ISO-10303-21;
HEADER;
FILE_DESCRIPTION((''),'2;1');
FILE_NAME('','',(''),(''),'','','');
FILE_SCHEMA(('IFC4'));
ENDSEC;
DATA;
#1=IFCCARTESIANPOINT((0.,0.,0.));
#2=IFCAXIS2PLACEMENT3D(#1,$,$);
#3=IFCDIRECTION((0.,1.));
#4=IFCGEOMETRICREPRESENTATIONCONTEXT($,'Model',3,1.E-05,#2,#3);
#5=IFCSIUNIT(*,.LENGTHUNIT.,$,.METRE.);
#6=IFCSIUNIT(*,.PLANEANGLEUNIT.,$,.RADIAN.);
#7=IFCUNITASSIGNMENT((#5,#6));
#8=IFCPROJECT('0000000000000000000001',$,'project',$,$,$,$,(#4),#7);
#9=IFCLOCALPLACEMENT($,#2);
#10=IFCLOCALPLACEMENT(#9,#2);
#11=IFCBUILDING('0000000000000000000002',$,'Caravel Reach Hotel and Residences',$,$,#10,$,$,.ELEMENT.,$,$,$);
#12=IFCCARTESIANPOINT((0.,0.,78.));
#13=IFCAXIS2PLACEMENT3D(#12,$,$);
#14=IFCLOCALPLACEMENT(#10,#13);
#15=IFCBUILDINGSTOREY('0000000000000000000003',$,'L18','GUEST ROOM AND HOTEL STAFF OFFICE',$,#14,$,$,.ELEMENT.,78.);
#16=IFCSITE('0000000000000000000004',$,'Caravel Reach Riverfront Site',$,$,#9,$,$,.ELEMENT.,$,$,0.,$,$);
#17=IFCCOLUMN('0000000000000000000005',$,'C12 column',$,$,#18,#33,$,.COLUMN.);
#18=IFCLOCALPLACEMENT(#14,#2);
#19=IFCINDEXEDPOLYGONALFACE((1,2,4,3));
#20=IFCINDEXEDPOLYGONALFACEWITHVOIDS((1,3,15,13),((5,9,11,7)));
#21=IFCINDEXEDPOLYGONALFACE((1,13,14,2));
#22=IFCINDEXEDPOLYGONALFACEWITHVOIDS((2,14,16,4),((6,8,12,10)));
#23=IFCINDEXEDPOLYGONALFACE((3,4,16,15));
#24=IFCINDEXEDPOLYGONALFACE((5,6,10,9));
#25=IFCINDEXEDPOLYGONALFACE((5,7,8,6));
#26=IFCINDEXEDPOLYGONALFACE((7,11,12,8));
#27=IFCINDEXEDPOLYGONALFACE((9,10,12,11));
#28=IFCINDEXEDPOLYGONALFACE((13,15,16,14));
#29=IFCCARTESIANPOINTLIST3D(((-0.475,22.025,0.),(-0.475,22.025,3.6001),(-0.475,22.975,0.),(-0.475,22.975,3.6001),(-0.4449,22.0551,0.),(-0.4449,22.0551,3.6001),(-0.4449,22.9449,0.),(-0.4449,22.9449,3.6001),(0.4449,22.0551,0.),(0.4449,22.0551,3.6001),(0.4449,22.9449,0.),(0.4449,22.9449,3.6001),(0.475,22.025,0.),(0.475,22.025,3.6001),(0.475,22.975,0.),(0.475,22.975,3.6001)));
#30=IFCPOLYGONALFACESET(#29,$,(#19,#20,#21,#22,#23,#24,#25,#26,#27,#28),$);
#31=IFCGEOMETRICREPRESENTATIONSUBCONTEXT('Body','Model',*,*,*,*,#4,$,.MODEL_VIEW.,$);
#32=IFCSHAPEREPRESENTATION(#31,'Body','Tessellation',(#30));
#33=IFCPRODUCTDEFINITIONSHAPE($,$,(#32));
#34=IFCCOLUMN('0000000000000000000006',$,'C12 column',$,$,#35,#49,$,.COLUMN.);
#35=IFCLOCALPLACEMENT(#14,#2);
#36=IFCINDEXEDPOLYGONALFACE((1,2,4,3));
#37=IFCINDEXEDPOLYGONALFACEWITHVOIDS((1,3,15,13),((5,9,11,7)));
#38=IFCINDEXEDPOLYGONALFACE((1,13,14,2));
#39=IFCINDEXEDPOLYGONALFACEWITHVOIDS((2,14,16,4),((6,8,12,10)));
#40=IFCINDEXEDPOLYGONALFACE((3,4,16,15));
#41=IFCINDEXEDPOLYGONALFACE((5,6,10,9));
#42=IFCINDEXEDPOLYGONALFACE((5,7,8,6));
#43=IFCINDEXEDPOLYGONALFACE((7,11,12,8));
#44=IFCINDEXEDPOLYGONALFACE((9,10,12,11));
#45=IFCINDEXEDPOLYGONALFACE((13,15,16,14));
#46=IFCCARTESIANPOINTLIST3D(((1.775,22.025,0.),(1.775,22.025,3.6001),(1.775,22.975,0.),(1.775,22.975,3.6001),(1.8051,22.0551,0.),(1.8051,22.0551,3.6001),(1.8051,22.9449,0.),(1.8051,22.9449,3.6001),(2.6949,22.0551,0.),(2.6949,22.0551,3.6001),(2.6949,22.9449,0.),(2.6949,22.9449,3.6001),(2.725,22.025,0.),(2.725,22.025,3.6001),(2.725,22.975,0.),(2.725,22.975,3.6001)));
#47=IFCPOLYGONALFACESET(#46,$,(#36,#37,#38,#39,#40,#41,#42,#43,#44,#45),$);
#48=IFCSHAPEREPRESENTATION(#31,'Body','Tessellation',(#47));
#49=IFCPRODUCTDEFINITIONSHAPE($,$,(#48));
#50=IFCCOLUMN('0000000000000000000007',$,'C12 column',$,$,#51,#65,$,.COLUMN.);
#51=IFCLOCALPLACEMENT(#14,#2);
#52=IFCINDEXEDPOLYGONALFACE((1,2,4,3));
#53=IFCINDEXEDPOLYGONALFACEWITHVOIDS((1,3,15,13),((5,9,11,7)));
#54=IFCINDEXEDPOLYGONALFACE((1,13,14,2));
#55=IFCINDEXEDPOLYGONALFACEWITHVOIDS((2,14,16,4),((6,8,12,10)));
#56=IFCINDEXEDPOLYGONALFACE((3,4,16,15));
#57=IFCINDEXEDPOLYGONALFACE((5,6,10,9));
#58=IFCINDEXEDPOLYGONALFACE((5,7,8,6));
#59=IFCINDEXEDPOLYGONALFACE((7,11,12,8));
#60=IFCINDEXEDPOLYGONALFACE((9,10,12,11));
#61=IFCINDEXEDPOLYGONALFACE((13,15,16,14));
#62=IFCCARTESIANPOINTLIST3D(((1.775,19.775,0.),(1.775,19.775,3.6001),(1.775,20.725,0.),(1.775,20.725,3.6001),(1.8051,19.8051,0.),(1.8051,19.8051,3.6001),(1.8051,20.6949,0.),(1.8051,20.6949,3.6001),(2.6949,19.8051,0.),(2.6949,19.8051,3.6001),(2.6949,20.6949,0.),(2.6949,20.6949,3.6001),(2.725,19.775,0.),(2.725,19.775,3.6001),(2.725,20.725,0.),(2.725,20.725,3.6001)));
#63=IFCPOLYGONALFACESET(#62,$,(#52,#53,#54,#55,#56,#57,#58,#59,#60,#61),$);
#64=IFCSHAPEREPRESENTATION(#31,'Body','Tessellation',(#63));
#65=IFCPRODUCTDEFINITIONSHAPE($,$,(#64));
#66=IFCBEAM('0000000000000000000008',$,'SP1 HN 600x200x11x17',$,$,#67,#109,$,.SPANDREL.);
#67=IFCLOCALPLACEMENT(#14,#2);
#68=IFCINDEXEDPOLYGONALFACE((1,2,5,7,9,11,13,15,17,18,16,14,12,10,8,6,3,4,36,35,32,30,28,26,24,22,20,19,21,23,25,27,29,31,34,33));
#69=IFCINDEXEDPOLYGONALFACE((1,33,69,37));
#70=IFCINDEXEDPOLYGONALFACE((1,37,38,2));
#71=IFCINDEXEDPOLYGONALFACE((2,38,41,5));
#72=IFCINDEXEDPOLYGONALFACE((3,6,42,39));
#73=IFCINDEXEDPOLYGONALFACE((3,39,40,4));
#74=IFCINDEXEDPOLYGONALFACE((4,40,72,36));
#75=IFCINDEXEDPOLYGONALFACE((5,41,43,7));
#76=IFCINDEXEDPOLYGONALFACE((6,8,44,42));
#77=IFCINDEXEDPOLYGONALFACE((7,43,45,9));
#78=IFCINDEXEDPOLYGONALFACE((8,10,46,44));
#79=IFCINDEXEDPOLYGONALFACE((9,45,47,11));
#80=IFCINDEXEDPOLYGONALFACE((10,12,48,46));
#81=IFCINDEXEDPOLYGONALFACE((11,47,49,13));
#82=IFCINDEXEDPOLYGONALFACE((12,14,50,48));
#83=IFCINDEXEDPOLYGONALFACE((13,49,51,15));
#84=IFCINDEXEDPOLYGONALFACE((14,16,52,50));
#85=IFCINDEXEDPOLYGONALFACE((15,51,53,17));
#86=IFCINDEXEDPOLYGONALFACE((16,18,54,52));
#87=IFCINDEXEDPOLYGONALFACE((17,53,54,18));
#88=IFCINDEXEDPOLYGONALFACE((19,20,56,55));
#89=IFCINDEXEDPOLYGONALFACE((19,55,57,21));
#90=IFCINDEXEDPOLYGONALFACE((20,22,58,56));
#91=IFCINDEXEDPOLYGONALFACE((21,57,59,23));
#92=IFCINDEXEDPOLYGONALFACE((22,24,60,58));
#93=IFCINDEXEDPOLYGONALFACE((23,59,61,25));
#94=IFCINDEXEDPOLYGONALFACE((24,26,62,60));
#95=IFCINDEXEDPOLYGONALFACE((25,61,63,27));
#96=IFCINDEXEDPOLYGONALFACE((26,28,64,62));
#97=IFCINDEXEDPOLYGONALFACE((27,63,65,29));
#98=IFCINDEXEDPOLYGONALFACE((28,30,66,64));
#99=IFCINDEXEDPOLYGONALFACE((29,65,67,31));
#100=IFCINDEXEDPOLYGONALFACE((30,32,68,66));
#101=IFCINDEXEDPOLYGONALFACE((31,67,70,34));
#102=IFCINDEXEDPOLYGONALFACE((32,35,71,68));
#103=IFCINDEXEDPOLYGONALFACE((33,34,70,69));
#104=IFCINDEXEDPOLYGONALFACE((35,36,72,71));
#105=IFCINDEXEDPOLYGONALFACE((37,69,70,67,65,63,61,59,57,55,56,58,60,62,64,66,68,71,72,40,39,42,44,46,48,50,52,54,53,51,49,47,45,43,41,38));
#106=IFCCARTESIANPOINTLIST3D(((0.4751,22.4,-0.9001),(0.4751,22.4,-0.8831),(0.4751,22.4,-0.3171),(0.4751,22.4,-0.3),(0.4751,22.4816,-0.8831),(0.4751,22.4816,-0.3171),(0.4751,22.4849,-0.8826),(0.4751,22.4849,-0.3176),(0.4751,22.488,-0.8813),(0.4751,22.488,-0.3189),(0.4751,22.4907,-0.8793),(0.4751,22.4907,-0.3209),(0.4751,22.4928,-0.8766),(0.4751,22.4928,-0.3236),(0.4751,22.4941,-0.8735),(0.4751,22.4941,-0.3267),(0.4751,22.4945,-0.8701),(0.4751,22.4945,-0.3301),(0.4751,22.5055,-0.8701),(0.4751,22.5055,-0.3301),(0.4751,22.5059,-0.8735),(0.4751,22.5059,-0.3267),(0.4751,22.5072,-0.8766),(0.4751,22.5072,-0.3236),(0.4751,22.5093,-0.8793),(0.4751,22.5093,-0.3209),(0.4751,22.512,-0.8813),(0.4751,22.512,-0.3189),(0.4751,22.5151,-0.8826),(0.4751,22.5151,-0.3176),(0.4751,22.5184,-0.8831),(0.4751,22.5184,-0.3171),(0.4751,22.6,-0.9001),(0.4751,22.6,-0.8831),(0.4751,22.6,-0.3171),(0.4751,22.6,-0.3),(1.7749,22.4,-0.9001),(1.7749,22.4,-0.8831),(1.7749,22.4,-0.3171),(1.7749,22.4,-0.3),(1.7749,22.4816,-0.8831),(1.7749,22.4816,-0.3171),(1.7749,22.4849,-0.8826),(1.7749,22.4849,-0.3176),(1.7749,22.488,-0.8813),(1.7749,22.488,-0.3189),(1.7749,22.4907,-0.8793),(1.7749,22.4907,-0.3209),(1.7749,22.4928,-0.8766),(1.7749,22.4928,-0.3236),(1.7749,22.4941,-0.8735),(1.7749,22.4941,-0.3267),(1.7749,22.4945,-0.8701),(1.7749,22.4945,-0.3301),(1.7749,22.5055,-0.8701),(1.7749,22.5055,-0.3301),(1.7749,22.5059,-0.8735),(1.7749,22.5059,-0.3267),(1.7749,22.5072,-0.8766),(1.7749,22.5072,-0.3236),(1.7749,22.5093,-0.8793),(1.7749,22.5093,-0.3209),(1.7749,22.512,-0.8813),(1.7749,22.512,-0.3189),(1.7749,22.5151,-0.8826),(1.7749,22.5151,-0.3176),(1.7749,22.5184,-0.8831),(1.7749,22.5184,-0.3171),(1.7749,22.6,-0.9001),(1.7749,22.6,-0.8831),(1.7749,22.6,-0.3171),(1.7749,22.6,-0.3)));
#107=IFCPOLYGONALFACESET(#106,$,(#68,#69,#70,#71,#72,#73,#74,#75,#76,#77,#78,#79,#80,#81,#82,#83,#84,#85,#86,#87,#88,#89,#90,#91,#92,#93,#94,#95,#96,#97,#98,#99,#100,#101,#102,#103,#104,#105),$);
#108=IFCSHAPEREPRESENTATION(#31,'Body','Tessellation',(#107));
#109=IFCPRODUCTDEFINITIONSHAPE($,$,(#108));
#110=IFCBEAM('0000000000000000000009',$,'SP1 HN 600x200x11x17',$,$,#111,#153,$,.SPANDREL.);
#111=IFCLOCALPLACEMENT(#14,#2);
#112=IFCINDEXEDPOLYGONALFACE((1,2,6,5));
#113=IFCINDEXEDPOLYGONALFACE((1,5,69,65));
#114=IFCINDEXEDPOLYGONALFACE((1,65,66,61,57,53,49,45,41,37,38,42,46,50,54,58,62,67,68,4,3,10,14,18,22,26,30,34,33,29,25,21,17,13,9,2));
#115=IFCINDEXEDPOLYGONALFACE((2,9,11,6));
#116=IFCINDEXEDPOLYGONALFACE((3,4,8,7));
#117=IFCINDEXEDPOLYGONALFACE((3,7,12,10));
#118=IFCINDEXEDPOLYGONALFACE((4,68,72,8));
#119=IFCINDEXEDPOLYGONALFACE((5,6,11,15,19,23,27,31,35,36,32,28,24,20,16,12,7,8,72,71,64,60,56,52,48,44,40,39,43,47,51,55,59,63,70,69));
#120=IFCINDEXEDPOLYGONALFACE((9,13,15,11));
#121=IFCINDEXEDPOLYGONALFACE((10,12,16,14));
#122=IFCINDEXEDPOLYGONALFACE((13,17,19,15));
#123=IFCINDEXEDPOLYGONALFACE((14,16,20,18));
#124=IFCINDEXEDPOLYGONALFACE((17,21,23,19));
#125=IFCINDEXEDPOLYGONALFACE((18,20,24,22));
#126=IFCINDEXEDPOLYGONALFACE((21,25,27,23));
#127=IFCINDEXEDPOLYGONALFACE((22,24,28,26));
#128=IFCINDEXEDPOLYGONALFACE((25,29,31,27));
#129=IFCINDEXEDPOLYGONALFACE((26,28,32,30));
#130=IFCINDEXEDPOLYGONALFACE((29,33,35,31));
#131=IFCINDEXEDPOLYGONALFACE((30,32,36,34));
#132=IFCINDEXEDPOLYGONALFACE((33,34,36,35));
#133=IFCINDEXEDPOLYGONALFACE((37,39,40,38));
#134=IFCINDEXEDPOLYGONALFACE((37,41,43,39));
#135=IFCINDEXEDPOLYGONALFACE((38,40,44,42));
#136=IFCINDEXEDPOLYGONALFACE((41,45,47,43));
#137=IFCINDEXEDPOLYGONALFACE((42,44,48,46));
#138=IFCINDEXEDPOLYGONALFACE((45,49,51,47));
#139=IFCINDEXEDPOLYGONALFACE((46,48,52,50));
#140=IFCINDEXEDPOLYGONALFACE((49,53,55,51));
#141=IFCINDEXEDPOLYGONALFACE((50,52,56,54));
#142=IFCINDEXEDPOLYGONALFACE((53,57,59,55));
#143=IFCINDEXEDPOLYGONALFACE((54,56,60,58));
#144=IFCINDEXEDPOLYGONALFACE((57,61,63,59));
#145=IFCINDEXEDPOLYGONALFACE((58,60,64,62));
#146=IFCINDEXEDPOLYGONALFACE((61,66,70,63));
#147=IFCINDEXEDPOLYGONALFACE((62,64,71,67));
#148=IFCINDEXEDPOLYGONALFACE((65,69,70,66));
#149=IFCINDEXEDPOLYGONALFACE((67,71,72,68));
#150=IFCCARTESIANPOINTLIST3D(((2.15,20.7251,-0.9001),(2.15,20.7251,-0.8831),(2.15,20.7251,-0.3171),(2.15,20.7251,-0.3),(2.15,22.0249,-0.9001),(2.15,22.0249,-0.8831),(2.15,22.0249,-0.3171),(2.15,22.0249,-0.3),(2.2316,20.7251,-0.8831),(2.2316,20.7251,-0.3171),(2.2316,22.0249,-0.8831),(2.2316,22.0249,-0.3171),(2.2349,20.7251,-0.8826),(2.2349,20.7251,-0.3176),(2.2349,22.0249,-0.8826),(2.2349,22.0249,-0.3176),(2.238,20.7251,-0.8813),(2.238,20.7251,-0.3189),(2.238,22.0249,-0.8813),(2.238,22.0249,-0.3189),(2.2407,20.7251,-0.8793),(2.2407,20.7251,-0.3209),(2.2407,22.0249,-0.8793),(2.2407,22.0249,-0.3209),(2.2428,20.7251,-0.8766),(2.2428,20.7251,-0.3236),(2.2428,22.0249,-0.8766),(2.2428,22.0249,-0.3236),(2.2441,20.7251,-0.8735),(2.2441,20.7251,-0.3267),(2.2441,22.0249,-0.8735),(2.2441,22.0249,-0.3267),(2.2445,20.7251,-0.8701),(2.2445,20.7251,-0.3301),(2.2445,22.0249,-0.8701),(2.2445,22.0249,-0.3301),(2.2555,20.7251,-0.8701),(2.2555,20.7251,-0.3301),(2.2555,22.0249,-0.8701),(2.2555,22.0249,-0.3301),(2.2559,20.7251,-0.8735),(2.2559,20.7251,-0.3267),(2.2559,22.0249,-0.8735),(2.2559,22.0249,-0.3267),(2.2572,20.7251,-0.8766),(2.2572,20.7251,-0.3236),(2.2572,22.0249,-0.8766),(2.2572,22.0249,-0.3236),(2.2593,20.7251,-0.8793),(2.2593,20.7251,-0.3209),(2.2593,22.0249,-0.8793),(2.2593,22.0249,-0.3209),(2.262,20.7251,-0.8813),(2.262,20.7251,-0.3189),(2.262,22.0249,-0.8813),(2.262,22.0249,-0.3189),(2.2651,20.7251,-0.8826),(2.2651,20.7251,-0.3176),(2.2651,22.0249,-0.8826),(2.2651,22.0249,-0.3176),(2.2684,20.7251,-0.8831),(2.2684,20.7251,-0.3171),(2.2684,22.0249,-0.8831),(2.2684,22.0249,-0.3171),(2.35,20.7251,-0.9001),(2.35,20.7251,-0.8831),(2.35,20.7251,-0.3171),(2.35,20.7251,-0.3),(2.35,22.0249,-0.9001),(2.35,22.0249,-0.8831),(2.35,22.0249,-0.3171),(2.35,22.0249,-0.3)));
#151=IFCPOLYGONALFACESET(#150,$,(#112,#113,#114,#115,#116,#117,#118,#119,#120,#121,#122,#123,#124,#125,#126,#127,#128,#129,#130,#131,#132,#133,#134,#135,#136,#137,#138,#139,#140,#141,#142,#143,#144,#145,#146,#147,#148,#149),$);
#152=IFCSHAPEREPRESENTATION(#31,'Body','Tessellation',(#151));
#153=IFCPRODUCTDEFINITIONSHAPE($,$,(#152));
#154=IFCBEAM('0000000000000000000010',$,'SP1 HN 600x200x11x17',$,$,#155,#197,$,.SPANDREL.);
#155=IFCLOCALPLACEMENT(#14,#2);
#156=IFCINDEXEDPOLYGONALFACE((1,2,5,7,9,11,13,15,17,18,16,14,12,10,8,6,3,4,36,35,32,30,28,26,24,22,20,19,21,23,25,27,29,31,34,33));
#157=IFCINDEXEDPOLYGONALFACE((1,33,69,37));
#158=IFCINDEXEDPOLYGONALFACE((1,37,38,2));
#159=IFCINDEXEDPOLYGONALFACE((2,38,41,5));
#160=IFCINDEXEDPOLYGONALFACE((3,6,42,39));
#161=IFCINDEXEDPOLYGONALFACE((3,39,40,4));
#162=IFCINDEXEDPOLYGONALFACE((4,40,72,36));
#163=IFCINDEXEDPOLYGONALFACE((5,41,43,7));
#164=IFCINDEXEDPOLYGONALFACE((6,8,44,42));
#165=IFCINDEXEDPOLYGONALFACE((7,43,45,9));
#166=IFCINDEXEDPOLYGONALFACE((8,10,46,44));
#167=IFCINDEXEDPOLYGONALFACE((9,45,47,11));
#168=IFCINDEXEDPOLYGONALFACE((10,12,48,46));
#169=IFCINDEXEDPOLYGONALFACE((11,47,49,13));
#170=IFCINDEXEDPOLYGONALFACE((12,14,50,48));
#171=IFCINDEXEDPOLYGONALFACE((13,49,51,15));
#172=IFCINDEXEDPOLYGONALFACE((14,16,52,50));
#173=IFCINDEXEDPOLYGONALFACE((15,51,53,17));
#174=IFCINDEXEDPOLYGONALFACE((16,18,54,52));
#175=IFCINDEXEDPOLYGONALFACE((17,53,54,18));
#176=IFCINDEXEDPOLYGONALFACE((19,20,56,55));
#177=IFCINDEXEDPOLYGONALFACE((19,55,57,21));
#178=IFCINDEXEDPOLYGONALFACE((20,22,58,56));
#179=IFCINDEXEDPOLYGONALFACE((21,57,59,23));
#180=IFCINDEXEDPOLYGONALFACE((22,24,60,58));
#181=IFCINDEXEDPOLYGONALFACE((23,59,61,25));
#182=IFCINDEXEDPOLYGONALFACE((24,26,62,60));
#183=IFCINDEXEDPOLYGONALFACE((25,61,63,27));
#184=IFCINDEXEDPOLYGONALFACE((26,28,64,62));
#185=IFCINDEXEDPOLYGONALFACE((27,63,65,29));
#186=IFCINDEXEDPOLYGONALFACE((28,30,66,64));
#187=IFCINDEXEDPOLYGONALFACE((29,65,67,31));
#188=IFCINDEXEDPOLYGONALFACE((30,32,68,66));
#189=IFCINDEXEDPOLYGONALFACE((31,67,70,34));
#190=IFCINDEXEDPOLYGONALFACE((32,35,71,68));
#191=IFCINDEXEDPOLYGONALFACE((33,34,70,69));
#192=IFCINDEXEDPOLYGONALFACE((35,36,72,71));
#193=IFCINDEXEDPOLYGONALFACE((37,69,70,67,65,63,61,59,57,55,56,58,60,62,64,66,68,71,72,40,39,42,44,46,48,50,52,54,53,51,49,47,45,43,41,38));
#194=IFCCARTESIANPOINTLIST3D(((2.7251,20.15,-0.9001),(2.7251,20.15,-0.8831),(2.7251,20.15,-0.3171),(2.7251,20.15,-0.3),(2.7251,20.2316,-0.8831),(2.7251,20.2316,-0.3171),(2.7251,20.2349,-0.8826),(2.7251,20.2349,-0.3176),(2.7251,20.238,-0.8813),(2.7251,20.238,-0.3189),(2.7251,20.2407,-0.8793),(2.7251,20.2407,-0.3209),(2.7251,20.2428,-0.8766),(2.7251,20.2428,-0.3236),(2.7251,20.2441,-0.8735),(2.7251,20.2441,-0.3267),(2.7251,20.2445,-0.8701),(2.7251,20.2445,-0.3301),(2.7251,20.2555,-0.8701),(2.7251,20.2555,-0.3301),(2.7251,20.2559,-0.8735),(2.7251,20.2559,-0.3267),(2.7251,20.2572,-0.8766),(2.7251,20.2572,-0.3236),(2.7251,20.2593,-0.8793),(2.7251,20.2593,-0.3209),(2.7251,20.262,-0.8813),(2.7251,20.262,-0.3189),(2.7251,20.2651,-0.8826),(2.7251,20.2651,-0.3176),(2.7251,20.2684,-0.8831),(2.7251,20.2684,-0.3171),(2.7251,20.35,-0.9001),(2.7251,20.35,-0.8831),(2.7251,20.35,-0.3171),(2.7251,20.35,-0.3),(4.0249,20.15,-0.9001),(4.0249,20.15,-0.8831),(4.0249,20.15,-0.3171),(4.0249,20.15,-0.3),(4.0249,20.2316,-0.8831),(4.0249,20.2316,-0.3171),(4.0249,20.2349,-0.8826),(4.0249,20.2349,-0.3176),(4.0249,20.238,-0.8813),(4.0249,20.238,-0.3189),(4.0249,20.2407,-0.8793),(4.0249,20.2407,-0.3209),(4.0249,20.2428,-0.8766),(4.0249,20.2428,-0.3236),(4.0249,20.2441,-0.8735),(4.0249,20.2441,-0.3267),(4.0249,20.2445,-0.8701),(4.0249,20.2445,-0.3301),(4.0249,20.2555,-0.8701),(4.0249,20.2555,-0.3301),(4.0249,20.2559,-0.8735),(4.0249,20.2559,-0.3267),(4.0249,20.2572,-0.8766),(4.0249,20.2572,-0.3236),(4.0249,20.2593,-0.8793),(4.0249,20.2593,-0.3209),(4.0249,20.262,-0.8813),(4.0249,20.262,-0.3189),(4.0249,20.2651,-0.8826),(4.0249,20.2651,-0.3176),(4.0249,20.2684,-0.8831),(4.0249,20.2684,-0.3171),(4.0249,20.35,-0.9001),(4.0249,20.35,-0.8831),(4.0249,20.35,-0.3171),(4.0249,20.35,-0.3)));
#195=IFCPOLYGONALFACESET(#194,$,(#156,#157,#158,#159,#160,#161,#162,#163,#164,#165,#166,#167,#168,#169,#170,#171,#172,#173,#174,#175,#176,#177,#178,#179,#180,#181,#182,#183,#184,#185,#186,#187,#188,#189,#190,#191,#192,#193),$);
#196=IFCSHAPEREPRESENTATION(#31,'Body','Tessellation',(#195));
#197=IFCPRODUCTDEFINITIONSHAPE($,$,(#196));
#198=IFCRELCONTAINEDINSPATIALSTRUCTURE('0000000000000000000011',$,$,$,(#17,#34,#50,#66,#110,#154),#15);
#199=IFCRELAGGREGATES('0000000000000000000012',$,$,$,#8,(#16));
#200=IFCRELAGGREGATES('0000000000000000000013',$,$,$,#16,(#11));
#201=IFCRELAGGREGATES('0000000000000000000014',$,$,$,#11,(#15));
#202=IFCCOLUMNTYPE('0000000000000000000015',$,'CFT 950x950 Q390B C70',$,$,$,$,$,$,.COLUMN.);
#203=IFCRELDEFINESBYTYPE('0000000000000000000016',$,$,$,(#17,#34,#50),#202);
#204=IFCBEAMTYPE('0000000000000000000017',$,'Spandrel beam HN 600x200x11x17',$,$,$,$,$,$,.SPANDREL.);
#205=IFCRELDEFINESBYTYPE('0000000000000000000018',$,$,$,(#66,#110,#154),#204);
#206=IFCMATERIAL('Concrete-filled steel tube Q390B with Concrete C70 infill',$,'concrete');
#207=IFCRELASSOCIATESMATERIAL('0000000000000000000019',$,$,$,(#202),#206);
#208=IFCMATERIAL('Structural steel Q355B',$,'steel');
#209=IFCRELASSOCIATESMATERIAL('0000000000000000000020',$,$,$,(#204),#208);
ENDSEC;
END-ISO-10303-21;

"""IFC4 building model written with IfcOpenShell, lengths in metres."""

from ifc_helpers import new_model, si_unit, direction, frame, origin, origin_2d, place, context, subcontext, project, spatial, hollow_rectangle, i_section, extrude, material, material_profile, profile_set, type_object, element, save


model = new_model("IFC4")

# Units and contexts
model_context = context("Model", 3, precision=1e-05, world=origin(), true_north=direction((0.0, 1.0)))
body_context = subcontext(model_context, "Body", "Model", "MODEL_VIEW")
ifc_project = project(units=[si_unit("LENGTHUNIT", "METRE"), si_unit("PLANEANGLEUNIT", "RADIAN")], contexts=[model_context])

# Site, building, storey
site_placement = place(None, origin())
site = spatial("IfcSite", under=ifc_project, at=site_placement, Name="Caravel Reach Riverfront Site", CompositionType="ELEMENT", RefElevation=0.0)
building_placement = place(site_placement, origin())
building = spatial("IfcBuilding", under=site, at=building_placement, Name="Caravel Reach Hotel and Residences", CompositionType="ELEMENT")
storey_placement = place(building_placement, frame((0.0, 0.0, 78.0)))
storey = spatial("IfcBuildingStorey", under=building, at=storey_placement, Name="L18", Description="GUEST ROOM AND HOTEL STAFF OFFICE", CompositionType="ELEMENT", Elevation=78.0)

# Columns
ifc_material_1 = material(Name="Concrete-filled steel tube Q390B with Concrete C70 infill", Category="concrete")
ifc_material_profile_1 = material_profile(ifc_material_1, hollow_rectangle(XDim=0.95, YDim=0.95, WallThickness=0.03, at=origin_2d()), Name="RHS 950x950x30")
ifc_profile_set_1 = profile_set([ifc_material_profile_1], Name="Concrete-filled steel tube Q390B with Concrete C70 infill")
column_type = type_object("IfcColumnType", Name="CFT 950x950 Q390B C70", PredefinedType="COLUMN", material=ifc_profile_set_1)
for number, where, z_axis, x_axis, name in (
    (1, (0.0, 22.5, 0.0), (0.0, 0.0, 1.0), (1.0, 0.0, 0.0), "C12 column"),
    (2, (2.25, 22.5, 0.0), (0.0, 0.0, 1.0), (1.0, 0.0, 0.0), "C12 column"),
    (3, (2.25, 20.25, 0.0), (0.0, 0.0, 1.0), (1.0, 0.0, 0.0), "C12 column"),
):
    element("IfcColumn", number, at=place(storey_placement, frame(where, z_axis=z_axis, x_axis=x_axis)), inside=storey, type_object=column_type, Name=name, PredefinedType="COLUMN", context=body_context, shape_type="SweptSolid", body=[
        extrude(hollow_rectangle(XDim=0.95, YDim=0.95, WallThickness=0.03, at=origin_2d()), origin(), (0.0, 0.0, 1.0), 3.6001),
    ])

# Beams
ifc_material_2 = material(Name="Structural steel Q355B", Category="steel")
ifc_material_profile_2 = material_profile(ifc_material_2, i_section(OverallWidth=0.2, OverallDepth=0.6001, WebThickness=0.011, FlangeThickness=0.0171, FilletRadius=0.0129, at=origin_2d()), Name="HN 600x200x11x17")
ifc_profile_set_2 = profile_set([ifc_material_profile_2], Name="Structural steel Q355B")
beam_type = type_object("IfcBeamType", Name="Spandrel beam HN 600x200x11x17", PredefinedType="SPANDREL", material=ifc_profile_set_2)
for number, where, z_axis, x_axis, name in (
    (4, (0.4751, 22.5, -0.6001), (1.0, 0.0, 0.0), (0.0, 1.0, 0.0), "SP1 HN 600x200x11x17"),
    (5, (2.25, 22.0249, -0.6001), (0.0, -1.0, 0.0), (1.0, 0.0, 0.0), "SP1 HN 600x200x11x17"),
    (6, (2.7251, 20.25, -0.6001), (1.0, 0.0, 0.0), (0.0, 1.0, 0.0), "SP1 HN 600x200x11x17"),
):
    element("IfcBeam", number, at=place(storey_placement, frame(where, z_axis=z_axis, x_axis=x_axis)), inside=storey, type_object=beam_type, Name=name, PredefinedType="SPANDREL", context=body_context, shape_type="SweptSolid", body=[
        extrude(i_section(OverallWidth=0.2, OverallDepth=0.6001, WebThickness=0.011, FlangeThickness=0.0171, FilletRadius=0.0129, at=origin_2d()), origin(), (0.0, 0.0, 1.0), 1.2998),
    ])

save(model, "model.ifc")
